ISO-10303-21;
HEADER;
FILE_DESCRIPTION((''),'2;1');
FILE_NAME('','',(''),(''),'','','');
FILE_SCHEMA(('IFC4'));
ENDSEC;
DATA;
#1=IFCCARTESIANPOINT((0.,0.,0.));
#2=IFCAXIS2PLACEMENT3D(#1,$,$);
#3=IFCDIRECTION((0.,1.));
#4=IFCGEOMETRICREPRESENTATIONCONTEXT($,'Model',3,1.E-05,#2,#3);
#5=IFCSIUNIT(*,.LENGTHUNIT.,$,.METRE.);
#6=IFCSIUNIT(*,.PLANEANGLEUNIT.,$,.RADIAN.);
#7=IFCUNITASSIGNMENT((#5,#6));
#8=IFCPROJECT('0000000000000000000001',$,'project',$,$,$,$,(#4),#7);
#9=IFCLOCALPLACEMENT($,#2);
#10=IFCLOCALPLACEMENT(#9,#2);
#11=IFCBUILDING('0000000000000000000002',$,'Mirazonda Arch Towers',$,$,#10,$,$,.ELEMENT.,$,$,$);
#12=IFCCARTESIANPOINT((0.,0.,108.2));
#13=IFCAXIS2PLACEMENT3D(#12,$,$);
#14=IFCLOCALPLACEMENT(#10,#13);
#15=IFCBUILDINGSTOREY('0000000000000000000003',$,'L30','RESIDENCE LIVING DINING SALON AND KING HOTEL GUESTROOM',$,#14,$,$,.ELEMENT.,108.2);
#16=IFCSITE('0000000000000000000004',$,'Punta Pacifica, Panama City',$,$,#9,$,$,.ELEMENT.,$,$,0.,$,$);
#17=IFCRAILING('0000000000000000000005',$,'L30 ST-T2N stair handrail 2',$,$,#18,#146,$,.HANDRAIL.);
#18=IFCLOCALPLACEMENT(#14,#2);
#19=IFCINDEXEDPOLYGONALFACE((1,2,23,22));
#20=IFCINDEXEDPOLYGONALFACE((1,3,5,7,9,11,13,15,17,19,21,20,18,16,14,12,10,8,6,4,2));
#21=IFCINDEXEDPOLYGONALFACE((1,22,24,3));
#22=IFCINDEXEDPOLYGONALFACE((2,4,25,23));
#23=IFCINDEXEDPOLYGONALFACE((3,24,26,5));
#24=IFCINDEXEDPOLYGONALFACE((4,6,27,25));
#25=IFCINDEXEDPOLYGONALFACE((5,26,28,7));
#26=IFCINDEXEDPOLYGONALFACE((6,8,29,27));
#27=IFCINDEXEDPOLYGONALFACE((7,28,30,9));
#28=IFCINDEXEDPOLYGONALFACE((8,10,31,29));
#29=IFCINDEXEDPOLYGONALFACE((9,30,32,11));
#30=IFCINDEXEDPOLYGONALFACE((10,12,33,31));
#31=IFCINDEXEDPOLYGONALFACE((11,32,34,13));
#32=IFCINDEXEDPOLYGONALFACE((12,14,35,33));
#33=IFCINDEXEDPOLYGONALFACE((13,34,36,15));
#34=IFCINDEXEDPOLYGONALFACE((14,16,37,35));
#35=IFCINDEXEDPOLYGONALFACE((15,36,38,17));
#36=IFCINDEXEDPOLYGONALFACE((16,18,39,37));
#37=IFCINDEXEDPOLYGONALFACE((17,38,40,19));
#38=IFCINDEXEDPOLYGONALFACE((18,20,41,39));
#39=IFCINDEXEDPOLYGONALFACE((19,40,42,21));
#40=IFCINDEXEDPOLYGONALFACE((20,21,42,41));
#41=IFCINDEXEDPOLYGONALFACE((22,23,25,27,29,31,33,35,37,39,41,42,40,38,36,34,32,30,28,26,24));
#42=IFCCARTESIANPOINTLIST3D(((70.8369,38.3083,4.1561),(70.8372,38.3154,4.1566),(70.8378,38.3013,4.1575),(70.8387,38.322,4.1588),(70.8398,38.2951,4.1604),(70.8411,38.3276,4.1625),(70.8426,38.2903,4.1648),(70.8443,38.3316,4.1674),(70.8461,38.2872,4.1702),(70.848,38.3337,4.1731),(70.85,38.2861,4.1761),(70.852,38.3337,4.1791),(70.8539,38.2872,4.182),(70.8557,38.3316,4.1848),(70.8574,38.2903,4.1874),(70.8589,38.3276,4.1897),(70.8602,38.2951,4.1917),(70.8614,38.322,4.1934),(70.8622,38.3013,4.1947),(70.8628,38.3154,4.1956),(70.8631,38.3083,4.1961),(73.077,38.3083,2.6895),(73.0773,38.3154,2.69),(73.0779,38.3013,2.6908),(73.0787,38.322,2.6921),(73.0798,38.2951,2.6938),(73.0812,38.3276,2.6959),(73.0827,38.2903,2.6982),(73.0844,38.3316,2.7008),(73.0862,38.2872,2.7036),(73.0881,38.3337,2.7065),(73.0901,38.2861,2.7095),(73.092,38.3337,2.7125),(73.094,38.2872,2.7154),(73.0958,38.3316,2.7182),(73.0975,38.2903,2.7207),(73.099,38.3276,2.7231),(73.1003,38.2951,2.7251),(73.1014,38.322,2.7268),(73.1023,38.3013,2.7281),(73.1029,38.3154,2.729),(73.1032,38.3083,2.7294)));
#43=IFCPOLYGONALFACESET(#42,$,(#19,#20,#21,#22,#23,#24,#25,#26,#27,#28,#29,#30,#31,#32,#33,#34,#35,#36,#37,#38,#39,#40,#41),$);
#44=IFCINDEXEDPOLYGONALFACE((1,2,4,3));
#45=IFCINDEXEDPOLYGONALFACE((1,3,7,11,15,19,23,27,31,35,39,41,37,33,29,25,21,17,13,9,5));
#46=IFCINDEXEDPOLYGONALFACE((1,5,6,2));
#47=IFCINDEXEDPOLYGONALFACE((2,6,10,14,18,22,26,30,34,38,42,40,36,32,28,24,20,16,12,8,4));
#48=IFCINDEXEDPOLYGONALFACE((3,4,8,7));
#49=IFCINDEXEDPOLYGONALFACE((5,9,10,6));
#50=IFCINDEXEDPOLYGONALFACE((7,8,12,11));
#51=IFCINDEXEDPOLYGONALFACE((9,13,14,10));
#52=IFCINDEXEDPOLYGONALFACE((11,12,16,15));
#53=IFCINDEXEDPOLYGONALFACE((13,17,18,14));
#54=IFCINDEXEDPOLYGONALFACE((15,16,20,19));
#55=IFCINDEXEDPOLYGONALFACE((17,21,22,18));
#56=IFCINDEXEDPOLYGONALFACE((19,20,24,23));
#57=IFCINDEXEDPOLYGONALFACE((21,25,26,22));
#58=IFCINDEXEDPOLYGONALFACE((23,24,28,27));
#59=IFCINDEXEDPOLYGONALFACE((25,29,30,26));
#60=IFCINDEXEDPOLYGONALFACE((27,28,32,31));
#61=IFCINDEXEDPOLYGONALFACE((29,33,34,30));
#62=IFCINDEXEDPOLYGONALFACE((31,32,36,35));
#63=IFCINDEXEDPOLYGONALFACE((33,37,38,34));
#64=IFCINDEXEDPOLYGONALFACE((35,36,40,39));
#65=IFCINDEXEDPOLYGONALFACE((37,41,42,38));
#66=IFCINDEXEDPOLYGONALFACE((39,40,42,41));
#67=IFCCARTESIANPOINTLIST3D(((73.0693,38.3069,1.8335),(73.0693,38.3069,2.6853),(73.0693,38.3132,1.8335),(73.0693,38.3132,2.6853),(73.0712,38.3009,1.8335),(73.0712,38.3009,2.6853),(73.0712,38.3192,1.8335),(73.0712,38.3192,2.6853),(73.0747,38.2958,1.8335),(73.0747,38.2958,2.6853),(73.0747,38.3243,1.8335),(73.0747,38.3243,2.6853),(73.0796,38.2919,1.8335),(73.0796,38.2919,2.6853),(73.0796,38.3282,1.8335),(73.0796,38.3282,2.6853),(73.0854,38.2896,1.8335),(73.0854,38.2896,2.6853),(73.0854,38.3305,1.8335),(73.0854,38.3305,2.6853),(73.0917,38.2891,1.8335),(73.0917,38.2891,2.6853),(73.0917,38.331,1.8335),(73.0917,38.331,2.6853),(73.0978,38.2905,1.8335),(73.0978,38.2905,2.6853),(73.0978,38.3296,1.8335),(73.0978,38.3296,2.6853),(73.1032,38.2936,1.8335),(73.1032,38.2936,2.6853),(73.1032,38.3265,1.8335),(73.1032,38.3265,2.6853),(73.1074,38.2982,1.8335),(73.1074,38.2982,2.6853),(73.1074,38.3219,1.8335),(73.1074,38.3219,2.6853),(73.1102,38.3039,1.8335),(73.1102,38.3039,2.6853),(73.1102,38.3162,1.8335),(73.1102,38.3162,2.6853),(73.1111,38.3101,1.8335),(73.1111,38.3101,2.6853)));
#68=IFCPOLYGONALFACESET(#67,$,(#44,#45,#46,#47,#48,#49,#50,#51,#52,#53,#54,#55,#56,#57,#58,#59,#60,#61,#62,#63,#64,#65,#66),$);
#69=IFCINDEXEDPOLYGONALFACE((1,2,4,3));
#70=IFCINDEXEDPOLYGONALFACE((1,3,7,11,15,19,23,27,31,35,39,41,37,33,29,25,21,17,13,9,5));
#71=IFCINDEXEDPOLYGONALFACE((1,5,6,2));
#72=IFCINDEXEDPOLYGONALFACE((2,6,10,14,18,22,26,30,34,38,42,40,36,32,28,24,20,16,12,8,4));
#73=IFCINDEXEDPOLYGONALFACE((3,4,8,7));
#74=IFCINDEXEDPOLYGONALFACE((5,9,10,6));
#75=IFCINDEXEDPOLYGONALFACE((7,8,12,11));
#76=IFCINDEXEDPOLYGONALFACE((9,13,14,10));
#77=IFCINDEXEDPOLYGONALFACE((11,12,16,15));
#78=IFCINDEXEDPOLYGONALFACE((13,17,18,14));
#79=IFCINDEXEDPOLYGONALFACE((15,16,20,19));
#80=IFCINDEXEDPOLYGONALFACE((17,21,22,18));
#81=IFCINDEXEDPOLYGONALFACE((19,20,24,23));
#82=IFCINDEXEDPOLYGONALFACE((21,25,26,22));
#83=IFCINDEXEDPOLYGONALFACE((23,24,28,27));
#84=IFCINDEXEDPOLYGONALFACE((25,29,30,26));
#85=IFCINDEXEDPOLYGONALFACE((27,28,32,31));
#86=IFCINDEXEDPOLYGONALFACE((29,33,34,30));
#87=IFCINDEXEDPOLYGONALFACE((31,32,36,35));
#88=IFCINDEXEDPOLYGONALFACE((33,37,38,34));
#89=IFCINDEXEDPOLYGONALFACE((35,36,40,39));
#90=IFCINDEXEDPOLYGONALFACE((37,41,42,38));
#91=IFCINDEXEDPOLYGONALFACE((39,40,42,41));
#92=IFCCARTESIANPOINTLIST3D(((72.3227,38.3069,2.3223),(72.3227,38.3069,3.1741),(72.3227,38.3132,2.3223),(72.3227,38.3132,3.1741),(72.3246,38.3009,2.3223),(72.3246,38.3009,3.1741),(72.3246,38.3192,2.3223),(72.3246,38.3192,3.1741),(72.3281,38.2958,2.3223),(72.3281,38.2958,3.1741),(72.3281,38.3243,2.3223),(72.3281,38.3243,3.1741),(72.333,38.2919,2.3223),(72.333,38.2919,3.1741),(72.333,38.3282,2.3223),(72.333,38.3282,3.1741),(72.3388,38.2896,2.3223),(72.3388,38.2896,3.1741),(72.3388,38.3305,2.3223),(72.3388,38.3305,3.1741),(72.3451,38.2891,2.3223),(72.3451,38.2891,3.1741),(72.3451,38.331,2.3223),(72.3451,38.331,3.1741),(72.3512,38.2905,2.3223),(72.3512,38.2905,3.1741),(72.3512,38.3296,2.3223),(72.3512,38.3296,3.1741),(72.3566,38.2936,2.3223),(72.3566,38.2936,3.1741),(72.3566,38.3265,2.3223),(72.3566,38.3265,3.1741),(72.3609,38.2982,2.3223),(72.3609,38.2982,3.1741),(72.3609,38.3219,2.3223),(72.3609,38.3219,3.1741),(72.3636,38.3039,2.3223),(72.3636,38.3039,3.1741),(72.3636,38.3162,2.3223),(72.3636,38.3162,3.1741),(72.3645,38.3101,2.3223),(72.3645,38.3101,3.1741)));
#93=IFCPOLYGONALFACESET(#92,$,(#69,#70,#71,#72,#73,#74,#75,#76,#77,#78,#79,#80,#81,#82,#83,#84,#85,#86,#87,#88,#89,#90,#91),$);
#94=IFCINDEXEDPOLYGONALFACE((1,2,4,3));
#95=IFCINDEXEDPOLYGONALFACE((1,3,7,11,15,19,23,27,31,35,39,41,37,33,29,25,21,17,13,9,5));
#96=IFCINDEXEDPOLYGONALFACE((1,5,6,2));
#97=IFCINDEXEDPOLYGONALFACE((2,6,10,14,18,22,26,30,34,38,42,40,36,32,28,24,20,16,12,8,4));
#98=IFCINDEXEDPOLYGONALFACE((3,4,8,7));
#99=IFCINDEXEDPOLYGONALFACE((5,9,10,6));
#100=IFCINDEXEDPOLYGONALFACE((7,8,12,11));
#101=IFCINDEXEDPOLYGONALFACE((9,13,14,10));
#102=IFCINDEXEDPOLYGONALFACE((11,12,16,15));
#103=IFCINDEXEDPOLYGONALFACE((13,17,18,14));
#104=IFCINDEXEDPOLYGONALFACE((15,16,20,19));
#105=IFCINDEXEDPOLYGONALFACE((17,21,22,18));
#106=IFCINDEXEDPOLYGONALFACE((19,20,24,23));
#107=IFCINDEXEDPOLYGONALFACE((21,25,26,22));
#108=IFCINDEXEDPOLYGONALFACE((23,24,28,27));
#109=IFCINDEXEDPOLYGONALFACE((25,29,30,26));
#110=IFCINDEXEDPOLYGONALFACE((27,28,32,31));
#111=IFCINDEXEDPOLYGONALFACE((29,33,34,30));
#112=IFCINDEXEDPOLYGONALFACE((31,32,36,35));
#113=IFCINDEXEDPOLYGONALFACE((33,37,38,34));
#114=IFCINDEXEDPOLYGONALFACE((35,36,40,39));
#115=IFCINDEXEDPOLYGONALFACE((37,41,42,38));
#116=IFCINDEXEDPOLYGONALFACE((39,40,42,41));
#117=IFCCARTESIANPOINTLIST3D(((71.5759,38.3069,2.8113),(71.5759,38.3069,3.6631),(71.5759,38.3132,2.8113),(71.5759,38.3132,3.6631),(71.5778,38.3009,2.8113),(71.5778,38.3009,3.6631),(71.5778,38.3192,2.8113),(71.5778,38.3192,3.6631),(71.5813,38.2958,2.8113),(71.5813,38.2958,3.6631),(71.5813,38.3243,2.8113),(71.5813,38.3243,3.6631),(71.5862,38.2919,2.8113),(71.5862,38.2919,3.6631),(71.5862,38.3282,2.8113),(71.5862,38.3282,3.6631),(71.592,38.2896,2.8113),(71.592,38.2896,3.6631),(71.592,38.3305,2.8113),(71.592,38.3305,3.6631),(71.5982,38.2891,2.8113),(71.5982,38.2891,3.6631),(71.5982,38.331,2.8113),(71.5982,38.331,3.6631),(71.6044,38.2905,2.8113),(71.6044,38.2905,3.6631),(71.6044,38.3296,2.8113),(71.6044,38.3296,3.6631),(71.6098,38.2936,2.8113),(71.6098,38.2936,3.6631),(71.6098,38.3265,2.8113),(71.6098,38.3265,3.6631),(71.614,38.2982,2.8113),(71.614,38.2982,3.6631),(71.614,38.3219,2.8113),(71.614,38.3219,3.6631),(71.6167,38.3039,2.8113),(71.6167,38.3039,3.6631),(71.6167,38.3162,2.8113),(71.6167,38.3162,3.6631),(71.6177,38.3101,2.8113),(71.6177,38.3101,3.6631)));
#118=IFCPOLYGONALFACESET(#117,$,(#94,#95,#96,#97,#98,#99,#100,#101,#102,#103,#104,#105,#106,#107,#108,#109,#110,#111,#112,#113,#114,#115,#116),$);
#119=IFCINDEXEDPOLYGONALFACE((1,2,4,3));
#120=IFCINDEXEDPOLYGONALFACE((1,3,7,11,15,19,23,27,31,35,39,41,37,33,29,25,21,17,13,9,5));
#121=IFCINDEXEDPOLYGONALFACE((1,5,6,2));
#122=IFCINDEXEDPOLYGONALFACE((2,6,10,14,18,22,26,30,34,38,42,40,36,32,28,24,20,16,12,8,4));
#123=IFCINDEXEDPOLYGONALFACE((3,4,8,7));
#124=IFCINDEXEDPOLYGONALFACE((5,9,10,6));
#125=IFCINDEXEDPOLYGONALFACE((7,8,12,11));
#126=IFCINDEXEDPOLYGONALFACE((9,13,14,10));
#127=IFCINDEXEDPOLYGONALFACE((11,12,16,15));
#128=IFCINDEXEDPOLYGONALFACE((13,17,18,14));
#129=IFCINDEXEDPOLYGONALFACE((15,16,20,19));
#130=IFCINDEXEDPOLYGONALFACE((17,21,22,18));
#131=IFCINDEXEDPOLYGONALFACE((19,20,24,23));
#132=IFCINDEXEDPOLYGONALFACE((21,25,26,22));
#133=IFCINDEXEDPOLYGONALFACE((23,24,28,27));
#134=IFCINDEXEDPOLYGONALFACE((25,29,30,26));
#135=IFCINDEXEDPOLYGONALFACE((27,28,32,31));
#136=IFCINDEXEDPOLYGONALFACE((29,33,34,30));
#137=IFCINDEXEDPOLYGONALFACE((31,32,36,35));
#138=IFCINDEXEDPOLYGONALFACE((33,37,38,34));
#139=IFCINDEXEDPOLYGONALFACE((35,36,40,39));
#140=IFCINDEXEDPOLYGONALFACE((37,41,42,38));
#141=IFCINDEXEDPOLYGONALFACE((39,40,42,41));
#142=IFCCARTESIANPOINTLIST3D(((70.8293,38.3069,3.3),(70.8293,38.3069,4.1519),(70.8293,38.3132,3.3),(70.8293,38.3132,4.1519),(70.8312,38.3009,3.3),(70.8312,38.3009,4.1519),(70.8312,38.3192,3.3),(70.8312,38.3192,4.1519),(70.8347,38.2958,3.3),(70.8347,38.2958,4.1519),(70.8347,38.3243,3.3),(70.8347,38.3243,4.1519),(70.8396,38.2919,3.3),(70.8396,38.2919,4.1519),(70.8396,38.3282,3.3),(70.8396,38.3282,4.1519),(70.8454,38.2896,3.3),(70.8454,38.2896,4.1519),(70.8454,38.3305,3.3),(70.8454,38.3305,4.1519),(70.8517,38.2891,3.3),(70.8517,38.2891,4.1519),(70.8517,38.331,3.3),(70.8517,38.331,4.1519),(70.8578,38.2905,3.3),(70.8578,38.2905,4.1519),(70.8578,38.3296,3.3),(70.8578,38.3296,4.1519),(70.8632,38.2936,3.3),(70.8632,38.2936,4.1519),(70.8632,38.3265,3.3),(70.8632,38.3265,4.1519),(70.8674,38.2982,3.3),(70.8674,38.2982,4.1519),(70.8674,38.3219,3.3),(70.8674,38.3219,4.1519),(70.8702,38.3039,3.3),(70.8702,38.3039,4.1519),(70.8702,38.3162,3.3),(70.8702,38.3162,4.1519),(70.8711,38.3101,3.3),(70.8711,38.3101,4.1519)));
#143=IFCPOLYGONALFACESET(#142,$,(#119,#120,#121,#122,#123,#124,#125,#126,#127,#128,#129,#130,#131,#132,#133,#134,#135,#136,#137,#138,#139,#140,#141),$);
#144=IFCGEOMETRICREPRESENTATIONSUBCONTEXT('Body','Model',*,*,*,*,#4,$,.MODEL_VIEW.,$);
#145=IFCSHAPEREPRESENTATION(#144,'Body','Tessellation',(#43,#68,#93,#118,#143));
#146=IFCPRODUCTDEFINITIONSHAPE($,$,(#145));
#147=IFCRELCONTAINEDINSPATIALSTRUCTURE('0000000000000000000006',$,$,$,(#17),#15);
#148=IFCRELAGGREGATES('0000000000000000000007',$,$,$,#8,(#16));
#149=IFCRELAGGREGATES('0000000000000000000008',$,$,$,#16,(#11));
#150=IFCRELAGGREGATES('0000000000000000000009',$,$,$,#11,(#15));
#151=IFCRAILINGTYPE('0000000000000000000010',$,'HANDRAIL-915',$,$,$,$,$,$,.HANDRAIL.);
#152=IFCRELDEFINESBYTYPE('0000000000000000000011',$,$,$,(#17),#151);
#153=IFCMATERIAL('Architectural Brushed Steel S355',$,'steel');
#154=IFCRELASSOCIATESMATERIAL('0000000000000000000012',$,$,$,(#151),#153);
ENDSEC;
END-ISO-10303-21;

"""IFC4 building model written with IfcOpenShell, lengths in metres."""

from ifc_helpers import new_model, si_unit, direction, frame, origin, origin_2d, place, context, subcontext, project, spatial, circle, extrude, material, type_object, element, save


model = new_model("IFC4")

# Units and contexts
model_context = context("Model", 3, precision=1e-05, world=origin(), true_north=direction((0.0, 1.0)))
body_context = subcontext(model_context, "Body", "Model", "MODEL_VIEW")
ifc_project = project(units=[si_unit("LENGTHUNIT", "METRE"), si_unit("PLANEANGLEUNIT", "RADIAN")], contexts=[model_context])

# Site, building, storey
site_placement = place(None, origin())
site = spatial("IfcSite", under=ifc_project, at=site_placement, Name="Punta Pacifica, Panama City", CompositionType="ELEMENT", RefElevation=0.0)
building_placement = place(site_placement, origin())
building = spatial("IfcBuilding", under=site, at=building_placement, Name="Mirazonda Arch Towers", CompositionType="ELEMENT")
storey_placement = place(building_placement, frame((0.0, 0.0, 108.2)))
storey = spatial("IfcBuildingStorey", under=building, at=storey_placement, Name="L30", Description="RESIDENCE LIVING DINING SALON AND KING HOTEL GUESTROOM", CompositionType="ELEMENT", Elevation=108.2)

# Shared definitions
ifc_material_1 = material(Name="Architectural Brushed Steel S355", Category="steel")

# Railing
railing_type_1 = type_object("IfcRailingType", Name="HANDRAIL-915", PredefinedType="HANDRAIL", material=ifc_material_1)
railing_1_placement = place(storey_placement, frame((73.0901, 38.3101, 1.8335)))
element("IfcRailing", 1, at=railing_1_placement, inside=storey, type_object=railing_type_1, Name="L30 ST-T2N stair handrail 2", PredefinedType="HANDRAIL", context=body_context, shape_type="SweptSolid", body=[
    extrude(circle(Radius=0.0239, at=origin_2d()), frame((0.0, 0.0, 0.876), z_axis=(-0.836637, 0.0, 0.547758), x_axis=(0.0, -1.0, 0.0)), (0.0, 0.0, 1.0), 2.6775),
    extrude(circle(Radius=0.021, at=origin_2d()), origin(), (0.0, 0.0, 1.0), 0.8518),
    extrude(circle(Radius=0.021, at=origin_2d()), frame((-0.7466, 0.0, 0.4888)), (0.0, 0.0, 1.0), 0.8518),
    extrude(circle(Radius=0.021, at=origin_2d()), frame((-1.4934, 0.0, 0.9778)), (0.0, 0.0, 1.0), 0.8518),
    extrude(circle(Radius=0.021, at=origin_2d()), frame((-2.24, 0.0, 1.4666)), (0.0, 0.0, 1.0), 0.8518),
])

save(model, "model.ifc")
